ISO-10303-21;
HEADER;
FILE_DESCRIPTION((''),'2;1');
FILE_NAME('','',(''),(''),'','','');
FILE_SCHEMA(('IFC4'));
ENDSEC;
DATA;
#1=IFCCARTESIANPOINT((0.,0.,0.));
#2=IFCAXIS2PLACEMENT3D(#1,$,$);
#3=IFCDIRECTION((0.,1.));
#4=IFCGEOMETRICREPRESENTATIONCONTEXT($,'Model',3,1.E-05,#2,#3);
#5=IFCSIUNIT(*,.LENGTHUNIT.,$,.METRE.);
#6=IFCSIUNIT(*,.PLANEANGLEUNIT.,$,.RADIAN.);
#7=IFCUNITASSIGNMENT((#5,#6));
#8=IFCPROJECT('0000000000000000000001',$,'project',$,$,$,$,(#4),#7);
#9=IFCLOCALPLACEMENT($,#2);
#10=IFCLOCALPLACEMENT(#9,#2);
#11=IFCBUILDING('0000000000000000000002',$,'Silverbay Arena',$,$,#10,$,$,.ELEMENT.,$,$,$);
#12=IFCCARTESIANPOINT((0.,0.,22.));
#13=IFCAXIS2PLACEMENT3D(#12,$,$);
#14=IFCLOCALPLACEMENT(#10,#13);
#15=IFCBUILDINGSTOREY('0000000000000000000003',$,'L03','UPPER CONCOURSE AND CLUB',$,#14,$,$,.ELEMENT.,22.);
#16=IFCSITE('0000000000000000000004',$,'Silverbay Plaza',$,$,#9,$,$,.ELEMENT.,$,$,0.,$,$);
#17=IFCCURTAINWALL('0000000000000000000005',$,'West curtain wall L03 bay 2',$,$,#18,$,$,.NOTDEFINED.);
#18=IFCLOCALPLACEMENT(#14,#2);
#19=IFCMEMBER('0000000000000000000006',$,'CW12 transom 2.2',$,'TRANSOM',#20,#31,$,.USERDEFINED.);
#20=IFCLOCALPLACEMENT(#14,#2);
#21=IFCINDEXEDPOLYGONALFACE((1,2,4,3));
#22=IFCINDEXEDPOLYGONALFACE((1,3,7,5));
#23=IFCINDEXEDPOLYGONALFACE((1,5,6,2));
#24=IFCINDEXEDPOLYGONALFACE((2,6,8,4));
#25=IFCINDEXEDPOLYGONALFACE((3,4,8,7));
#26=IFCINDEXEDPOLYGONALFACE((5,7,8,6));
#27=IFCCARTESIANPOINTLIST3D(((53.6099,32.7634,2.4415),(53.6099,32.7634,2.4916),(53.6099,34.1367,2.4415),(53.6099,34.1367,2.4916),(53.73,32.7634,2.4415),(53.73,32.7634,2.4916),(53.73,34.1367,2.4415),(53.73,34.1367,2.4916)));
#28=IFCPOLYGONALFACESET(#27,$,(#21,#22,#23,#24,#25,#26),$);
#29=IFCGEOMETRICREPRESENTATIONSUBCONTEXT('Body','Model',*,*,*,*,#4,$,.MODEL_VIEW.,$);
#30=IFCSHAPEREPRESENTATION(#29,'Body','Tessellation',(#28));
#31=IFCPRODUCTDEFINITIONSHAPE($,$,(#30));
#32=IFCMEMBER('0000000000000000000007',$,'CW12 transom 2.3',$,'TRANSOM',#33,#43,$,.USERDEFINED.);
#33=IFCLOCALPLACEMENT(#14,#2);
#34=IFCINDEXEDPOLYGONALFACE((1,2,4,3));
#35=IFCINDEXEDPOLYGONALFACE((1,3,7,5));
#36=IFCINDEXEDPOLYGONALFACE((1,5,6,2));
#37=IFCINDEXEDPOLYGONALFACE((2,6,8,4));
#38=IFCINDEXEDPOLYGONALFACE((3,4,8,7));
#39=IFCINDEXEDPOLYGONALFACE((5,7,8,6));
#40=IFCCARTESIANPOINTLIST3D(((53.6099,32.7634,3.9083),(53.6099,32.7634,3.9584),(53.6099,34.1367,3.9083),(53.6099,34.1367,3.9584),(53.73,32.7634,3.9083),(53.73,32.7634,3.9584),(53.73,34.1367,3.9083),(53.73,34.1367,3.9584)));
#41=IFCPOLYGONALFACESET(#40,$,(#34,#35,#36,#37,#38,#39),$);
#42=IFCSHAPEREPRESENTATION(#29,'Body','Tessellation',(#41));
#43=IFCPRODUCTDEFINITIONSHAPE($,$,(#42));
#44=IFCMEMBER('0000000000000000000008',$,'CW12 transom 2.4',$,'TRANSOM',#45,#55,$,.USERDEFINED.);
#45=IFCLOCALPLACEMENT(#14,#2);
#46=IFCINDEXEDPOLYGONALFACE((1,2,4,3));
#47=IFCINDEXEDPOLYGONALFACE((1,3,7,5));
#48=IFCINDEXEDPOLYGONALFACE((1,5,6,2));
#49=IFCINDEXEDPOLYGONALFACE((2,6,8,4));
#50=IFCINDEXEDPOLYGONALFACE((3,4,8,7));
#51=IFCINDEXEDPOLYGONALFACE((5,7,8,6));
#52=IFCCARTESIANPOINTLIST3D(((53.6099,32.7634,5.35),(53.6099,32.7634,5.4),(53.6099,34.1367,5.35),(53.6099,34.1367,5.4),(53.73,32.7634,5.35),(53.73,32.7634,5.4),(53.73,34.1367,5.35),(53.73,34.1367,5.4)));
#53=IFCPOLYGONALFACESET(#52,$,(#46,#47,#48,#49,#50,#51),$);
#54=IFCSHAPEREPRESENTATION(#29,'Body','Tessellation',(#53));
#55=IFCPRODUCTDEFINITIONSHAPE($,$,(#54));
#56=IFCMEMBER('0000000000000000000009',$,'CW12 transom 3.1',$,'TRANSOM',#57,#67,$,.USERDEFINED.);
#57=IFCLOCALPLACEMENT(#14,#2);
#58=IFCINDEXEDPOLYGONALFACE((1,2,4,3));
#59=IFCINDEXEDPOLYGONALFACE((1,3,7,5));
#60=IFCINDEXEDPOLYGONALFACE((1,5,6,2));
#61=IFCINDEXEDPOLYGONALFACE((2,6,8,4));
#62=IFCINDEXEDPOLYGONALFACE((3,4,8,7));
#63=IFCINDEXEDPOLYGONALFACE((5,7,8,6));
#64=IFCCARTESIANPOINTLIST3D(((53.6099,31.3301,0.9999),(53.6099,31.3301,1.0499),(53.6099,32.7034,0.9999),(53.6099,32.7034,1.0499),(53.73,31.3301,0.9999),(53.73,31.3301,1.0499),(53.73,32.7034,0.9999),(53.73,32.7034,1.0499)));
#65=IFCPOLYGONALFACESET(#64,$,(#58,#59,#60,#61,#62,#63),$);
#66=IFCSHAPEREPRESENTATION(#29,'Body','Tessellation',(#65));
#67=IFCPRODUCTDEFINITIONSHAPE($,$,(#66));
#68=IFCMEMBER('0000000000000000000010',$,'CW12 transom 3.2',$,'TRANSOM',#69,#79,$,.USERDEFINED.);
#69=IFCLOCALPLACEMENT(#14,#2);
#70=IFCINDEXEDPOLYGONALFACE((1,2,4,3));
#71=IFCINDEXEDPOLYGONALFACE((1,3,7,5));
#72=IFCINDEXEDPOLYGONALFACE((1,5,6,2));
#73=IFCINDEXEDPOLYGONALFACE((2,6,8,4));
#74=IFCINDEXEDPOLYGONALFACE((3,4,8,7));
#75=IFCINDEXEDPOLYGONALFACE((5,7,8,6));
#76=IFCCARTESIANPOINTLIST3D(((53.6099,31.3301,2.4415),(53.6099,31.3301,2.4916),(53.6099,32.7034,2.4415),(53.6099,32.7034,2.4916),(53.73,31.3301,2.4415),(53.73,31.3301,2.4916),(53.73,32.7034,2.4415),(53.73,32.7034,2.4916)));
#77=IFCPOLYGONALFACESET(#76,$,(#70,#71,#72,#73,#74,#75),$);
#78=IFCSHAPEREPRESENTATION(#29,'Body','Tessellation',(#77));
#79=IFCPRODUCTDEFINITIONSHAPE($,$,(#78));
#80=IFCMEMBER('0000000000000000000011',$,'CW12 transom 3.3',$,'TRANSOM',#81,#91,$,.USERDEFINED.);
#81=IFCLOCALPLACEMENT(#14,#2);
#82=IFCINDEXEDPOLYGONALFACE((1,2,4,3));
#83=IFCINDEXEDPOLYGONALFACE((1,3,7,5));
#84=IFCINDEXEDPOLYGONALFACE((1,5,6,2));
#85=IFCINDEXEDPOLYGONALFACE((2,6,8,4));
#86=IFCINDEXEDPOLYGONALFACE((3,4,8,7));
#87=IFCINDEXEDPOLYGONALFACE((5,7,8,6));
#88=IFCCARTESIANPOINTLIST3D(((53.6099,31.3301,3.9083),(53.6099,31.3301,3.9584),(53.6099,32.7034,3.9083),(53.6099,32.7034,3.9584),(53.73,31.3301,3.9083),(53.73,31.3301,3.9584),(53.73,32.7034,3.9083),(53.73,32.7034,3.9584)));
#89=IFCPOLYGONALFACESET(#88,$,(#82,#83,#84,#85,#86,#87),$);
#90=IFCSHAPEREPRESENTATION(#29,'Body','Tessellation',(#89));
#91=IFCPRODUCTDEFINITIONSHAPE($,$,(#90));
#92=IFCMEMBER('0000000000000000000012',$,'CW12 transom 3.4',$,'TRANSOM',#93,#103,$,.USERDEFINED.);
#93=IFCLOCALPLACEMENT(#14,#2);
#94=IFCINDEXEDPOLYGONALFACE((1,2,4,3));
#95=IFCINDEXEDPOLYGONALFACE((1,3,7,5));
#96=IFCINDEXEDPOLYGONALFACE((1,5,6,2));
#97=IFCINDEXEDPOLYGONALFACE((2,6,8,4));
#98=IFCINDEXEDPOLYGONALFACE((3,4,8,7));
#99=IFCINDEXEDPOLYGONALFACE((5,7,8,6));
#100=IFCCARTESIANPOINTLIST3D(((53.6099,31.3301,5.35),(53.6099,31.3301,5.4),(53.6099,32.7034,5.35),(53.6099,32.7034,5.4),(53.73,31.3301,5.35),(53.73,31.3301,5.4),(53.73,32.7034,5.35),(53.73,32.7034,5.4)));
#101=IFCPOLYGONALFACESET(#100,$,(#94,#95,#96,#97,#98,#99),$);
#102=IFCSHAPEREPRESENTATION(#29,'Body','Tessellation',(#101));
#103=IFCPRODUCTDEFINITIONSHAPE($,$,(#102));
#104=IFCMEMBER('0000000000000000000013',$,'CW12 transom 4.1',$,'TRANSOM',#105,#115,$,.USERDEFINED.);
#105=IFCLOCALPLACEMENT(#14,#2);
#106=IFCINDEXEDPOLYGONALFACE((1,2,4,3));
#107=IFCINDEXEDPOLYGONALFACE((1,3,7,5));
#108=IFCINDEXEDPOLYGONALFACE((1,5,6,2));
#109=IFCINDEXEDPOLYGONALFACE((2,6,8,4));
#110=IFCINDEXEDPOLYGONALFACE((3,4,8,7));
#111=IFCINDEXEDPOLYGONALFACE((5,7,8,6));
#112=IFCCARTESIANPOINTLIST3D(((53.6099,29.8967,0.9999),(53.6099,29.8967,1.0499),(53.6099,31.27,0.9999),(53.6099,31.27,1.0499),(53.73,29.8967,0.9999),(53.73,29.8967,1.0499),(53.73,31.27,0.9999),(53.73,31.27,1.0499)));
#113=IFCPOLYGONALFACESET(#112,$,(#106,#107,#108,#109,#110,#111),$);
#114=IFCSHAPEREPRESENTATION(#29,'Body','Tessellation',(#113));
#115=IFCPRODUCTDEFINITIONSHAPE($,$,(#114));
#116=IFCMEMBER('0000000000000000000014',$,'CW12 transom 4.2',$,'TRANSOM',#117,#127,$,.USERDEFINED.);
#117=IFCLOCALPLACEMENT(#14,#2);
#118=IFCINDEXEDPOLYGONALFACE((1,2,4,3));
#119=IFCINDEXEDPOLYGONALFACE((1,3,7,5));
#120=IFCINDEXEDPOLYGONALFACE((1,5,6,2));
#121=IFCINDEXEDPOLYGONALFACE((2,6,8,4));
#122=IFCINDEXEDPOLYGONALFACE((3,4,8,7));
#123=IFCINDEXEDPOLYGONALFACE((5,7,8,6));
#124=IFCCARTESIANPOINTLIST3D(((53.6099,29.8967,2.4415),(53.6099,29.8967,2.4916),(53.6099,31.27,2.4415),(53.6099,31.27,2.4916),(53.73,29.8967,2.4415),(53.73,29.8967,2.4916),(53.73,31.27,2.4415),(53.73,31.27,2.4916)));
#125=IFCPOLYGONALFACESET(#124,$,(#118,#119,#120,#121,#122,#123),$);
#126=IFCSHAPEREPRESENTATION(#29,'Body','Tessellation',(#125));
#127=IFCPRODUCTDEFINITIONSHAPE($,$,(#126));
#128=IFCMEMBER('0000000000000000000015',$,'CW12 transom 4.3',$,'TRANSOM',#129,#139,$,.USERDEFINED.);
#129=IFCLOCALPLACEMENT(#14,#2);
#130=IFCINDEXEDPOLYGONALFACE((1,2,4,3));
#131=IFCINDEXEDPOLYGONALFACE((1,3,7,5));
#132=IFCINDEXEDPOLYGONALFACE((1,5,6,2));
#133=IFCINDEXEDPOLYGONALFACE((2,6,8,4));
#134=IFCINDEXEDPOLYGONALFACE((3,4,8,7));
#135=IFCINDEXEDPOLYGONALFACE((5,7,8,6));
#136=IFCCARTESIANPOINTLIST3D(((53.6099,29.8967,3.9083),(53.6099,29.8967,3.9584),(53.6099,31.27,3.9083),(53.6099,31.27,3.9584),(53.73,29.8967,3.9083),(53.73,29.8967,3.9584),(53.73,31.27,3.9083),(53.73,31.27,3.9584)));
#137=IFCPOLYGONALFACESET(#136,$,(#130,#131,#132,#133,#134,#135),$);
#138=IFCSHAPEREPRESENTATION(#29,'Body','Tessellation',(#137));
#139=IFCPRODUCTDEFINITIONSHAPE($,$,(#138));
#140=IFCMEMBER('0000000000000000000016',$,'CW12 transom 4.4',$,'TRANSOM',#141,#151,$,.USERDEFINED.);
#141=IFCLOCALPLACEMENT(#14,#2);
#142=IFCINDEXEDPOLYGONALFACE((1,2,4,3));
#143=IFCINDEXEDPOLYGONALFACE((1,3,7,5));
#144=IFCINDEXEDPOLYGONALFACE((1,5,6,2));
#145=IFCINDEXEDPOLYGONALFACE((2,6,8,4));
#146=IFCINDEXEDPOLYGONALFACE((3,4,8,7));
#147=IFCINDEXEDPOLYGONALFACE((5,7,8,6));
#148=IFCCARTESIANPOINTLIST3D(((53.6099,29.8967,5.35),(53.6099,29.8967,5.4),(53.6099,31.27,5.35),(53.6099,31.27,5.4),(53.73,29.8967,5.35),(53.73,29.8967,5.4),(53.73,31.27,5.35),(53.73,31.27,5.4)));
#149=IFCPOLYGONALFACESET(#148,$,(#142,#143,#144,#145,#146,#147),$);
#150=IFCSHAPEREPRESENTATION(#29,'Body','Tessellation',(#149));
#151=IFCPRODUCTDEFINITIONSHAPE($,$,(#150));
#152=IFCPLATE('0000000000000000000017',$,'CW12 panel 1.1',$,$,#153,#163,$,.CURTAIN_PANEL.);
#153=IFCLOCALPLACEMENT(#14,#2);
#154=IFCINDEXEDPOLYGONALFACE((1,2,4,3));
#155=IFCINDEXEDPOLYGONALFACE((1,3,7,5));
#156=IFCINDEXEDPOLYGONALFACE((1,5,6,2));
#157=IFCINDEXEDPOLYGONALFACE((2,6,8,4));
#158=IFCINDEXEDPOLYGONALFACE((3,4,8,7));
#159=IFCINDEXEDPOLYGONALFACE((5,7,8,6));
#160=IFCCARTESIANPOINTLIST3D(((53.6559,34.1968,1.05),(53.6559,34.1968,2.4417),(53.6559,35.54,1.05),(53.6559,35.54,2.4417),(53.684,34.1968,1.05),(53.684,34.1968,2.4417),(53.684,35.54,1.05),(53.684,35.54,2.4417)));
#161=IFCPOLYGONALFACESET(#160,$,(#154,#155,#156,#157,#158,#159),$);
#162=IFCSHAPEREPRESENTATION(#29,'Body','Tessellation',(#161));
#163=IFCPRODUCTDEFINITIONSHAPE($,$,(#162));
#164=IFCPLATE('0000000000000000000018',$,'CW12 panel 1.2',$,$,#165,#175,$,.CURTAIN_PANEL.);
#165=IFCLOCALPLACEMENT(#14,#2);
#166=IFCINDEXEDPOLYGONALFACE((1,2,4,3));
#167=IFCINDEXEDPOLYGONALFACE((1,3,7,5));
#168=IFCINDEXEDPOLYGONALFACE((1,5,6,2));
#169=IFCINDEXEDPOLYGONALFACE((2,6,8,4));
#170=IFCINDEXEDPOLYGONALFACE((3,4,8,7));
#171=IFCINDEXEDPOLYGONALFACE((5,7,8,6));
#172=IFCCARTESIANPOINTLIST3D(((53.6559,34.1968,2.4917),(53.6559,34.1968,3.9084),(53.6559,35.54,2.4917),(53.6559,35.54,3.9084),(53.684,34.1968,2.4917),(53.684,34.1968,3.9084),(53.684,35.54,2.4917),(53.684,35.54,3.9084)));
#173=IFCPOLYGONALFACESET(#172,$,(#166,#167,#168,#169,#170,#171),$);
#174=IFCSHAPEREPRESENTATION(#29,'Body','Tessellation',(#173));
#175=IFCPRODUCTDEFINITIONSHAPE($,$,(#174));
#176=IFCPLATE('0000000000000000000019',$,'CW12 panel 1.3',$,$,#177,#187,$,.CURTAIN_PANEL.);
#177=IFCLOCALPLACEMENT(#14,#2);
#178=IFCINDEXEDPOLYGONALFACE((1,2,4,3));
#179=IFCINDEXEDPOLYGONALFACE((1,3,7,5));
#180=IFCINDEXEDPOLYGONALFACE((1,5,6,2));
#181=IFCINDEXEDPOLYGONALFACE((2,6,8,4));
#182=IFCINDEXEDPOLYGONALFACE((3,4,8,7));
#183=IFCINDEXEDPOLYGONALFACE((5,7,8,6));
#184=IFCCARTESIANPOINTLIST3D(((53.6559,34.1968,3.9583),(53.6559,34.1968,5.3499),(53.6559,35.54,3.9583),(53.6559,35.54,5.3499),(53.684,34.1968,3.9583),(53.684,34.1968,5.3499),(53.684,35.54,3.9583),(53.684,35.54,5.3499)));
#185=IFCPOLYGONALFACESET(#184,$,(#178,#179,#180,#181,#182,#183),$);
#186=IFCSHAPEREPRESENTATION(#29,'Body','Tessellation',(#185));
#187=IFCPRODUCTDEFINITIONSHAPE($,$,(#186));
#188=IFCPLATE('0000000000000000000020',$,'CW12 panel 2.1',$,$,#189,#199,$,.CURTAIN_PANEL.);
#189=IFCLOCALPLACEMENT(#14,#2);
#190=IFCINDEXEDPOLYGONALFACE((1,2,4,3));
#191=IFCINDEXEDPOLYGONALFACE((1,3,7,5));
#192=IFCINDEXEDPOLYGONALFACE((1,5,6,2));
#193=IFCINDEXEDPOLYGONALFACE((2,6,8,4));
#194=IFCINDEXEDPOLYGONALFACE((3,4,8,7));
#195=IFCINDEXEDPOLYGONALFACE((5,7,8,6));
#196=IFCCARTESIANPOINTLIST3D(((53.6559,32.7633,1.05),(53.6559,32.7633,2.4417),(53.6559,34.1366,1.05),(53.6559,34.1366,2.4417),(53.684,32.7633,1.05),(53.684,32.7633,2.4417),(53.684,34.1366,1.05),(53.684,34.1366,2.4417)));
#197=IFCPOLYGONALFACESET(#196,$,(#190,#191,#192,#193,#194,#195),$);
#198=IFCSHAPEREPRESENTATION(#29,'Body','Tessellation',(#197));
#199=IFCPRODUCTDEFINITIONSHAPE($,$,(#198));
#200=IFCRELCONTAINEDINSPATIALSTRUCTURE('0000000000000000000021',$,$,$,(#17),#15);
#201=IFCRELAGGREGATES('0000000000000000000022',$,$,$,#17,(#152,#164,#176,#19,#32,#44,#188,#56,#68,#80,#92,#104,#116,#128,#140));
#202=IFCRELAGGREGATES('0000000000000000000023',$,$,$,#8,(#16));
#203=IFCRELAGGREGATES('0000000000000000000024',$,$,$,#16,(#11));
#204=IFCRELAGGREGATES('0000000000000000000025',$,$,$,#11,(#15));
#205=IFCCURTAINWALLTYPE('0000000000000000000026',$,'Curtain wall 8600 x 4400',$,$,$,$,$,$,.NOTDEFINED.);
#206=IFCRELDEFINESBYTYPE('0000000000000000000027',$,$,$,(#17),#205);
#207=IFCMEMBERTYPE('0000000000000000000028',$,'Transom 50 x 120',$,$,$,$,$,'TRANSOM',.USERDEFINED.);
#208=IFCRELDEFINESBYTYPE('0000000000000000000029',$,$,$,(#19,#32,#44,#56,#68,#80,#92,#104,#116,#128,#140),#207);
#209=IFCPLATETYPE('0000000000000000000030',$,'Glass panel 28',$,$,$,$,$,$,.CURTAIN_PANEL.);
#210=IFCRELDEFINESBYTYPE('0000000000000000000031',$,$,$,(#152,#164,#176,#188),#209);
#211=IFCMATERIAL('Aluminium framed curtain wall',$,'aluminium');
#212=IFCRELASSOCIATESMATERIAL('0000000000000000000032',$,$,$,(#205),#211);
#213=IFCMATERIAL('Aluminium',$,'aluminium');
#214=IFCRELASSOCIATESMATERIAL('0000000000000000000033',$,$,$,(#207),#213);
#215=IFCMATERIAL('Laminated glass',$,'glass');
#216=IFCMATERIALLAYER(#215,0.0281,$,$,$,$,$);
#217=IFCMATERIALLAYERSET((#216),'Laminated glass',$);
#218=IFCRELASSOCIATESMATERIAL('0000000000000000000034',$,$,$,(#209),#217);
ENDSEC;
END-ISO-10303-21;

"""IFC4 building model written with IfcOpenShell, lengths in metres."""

from ifc_helpers import new_model, si_unit, direction, frame, origin, origin_2d, place, context, subcontext, project, spatial, rectangle, extrude, material, layer, layer_set, material_profile, profile_set, type_object, element, aggregate, save


model = new_model("IFC4")

# Units and contexts
model_context = context("Model", 3, precision=1e-05, world=origin(), true_north=direction((0.0, 1.0)))
body_context = subcontext(model_context, "Body", "Model", "MODEL_VIEW")
ifc_project = project(units=[si_unit("LENGTHUNIT", "METRE"), si_unit("PLANEANGLEUNIT", "RADIAN")], contexts=[model_context])

# Site, building, storey
site_placement = place(None, origin())
site = spatial("IfcSite", under=ifc_project, at=site_placement, Name="Silverbay Plaza", CompositionType="ELEMENT", RefElevation=0.0)
building_placement = place(site_placement, origin())
building = spatial("IfcBuilding", under=site, at=building_placement, Name="Silverbay Arena", CompositionType="ELEMENT")
storey_placement = place(building_placement, frame((0.0, 0.0, 22.0)))
storey = spatial("IfcBuildingStorey", under=building, at=storey_placement, Name="L03", Description="UPPER CONCOURSE AND CLUB", CompositionType="ELEMENT", Elevation=22.0)

# Curtain wall
ifc_material_1 = material(Name="Aluminium framed curtain wall", Category="aluminium")
curtain_wall_type = type_object("IfcCurtainWallType", Name="Curtain wall 8600 x 4400", PredefinedType="NOTDEFINED", material=ifc_material_1)
curtain_wall_placement = place(storey_placement, origin())
curtain_wall = element("IfcCurtainWall", 1, at=curtain_wall_placement, inside=storey, type_object=curtain_wall_type, Name="West curtain wall L03 bay 2", PredefinedType="NOTDEFINED")

# Members
ifc_material_2 = material(Name="Aluminium", Category="aluminium")
ifc_material_profile_1 = material_profile(ifc_material_2, rectangle(XDim=0.1201, YDim=0.05, at=origin_2d()), Name="Transom 50 x 120")
ifc_profile_set_1 = profile_set([ifc_material_profile_1], Name="Aluminium")
member_type_1 = type_object("IfcMemberType", Name="Transom 50 x 120", ElementType="TRANSOM", PredefinedType="USERDEFINED", material=ifc_profile_set_1)
member_1_placement = place(storey_placement, frame((53.6699, 34.1367, 2.4666), z_axis=(0.0, -1.0, 0.0), x_axis=(1.0, 0.0, 0.0)))
member_1 = element("IfcMember", 2, at=member_1_placement, type_object=member_type_1, Name="CW12 transom 2.2", ObjectType="TRANSOM", PredefinedType="USERDEFINED", context=body_context, shape_type="SweptSolid", body=[
    extrude(rectangle(XDim=0.1201, YDim=0.05, at=origin_2d()), origin(), (0.0, 0.0, 1.0), 1.3733),
])
member_2_placement = place(storey_placement, frame((53.6699, 34.1367, 3.9333), z_axis=(0.0, -1.0, 0.0), x_axis=(1.0, 0.0, 0.0)))
member_2 = element("IfcMember", 3, at=member_2_placement, type_object=member_type_1, Name="CW12 transom 2.3", ObjectType="TRANSOM", PredefinedType="USERDEFINED", context=body_context, shape_type="SweptSolid", body=[
    extrude(rectangle(XDim=0.1201, YDim=0.05, at=origin_2d()), origin(), (0.0, 0.0, 1.0), 1.3733),
])
member_3_placement = place(storey_placement, frame((53.6699, 34.1367, 5.375), z_axis=(0.0, -1.0, 0.0), x_axis=(1.0, 0.0, 0.0)))
member_3 = element("IfcMember", 4, at=member_3_placement, type_object=member_type_1, Name="CW12 transom 2.4", ObjectType="TRANSOM", PredefinedType="USERDEFINED", context=body_context, shape_type="SweptSolid", body=[
    extrude(rectangle(XDim=0.1201, YDim=0.05, at=origin_2d()), origin(), (0.0, 0.0, 1.0), 1.3733),
])
member_4_placement = place(storey_placement, frame((53.6699, 32.7034, 1.0249), z_axis=(0.0, -1.0, 0.0), x_axis=(1.0, 0.0, 0.0)))
member_4 = element("IfcMember", 5, at=member_4_placement, type_object=member_type_1, Name="CW12 transom 3.1", ObjectType="TRANSOM", PredefinedType="USERDEFINED", context=body_context, shape_type="SweptSolid", body=[
    extrude(rectangle(XDim=0.1201, YDim=0.05, at=origin_2d()), origin(), (0.0, 0.0, 1.0), 1.3733),
])
member_5_placement = place(storey_placement, frame((53.6699, 32.7034, 2.4666), z_axis=(0.0, -1.0, 0.0), x_axis=(1.0, 0.0, 0.0)))
member_5 = element("IfcMember", 6, at=member_5_placement, type_object=member_type_1, Name="CW12 transom 3.2", ObjectType="TRANSOM", PredefinedType="USERDEFINED", context=body_context, shape_type="SweptSolid", body=[
    extrude(rectangle(XDim=0.1201, YDim=0.05, at=origin_2d()), origin(), (0.0, 0.0, 1.0), 1.3733),
])
member_6_placement = place(storey_placement, frame((53.6699, 32.7034, 3.9333), z_axis=(0.0, -1.0, 0.0), x_axis=(1.0, 0.0, 0.0)))
member_6 = element("IfcMember", 7, at=member_6_placement, type_object=member_type_1, Name="CW12 transom 3.3", ObjectType="TRANSOM", PredefinedType="USERDEFINED", context=body_context, shape_type="SweptSolid", body=[
    extrude(rectangle(XDim=0.1201, YDim=0.05, at=origin_2d()), origin(), (0.0, 0.0, 1.0), 1.3733),
])
member_7_placement = place(storey_placement, frame((53.6699, 32.7034, 5.375), z_axis=(0.0, -1.0, 0.0), x_axis=(1.0, 0.0, 0.0)))
member_7 = element("IfcMember", 8, at=member_7_placement, type_object=member_type_1, Name="CW12 transom 3.4", ObjectType="TRANSOM", PredefinedType="USERDEFINED", context=body_context, shape_type="SweptSolid", body=[
    extrude(rectangle(XDim=0.1201, YDim=0.05, at=origin_2d()), origin(), (0.0, 0.0, 1.0), 1.3733),
])
member_8_placement = place(storey_placement, frame((53.6699, 31.27, 1.0249), z_axis=(0.0, -1.0, 0.0), x_axis=(1.0, 0.0, 0.0)))
member_8 = element("IfcMember", 9, at=member_8_placement, type_object=member_type_1, Name="CW12 transom 4.1", ObjectType="TRANSOM", PredefinedType="USERDEFINED", context=body_context, shape_type="SweptSolid", body=[
    extrude(rectangle(XDim=0.1201, YDim=0.05, at=origin_2d()), origin(), (0.0, 0.0, 1.0), 1.3733),
])
member_9_placement = place(storey_placement, frame((53.6699, 31.27, 2.4666), z_axis=(0.0, -1.0, 0.0), x_axis=(1.0, 0.0, 0.0)))
member_9 = element("IfcMember", 10, at=member_9_placement, type_object=member_type_1, Name="CW12 transom 4.2", ObjectType="TRANSOM", PredefinedType="USERDEFINED", context=body_context, shape_type="SweptSolid", body=[
    extrude(rectangle(XDim=0.1201, YDim=0.05, at=origin_2d()), origin(), (0.0, 0.0, 1.0), 1.3733),
])
member_10_placement = place(storey_placement, frame((53.6699, 31.27, 3.9333), z_axis=(0.0, -1.0, 0.0), x_axis=(1.0, 0.0, 0.0)))
member_10 = element("IfcMember", 11, at=member_10_placement, type_object=member_type_1, Name="CW12 transom 4.3", ObjectType="TRANSOM", PredefinedType="USERDEFINED", context=body_context, shape_type="SweptSolid", body=[
    extrude(rectangle(XDim=0.1201, YDim=0.05, at=origin_2d()), origin(), (0.0, 0.0, 1.0), 1.3733),
])
member_11_placement = place(storey_placement, frame((53.6699, 31.27, 5.375), z_axis=(0.0, -1.0, 0.0), x_axis=(1.0, 0.0, 0.0)))
member_11 = element("IfcMember", 12, at=member_11_placement, type_object=member_type_1, Name="CW12 transom 4.4", ObjectType="TRANSOM", PredefinedType="USERDEFINED", context=body_context, shape_type="SweptSolid", body=[
    extrude(rectangle(XDim=0.1201, YDim=0.05, at=origin_2d()), origin(), (0.0, 0.0, 1.0), 1.3733),
])

# Plates
ifc_material_3 = material(Name="Laminated glass", Category="glass")
ifc_layer_1 = layer(ifc_material_3, 0.0281)
ifc_layer_set_1 = layer_set([ifc_layer_1], Name="Laminated glass")
plate_type = type_object("IfcPlateType", Name="Glass panel 28", PredefinedType="CURTAIN_PANEL", material=ifc_layer_set_1)
plate_1_placement = place(storey_placement, frame((53.6699, 34.8684, 1.05), z_axis=(0.0, 0.0, 1.0), x_axis=(0.0, -1.0, 0.0)))
plate_1 = element("IfcPlate", 13, at=plate_1_placement, type_object=plate_type, Name="CW12 panel 1.1", PredefinedType="CURTAIN_PANEL", context=body_context, shape_type="SweptSolid", body=[
    extrude(rectangle(XDim=1.3433, YDim=0.0281, at=origin_2d()), origin(), (0.0, 0.0, 1.0), 1.3916),
])
plate_2_placement = place(storey_placement, frame((53.6699, 34.8684, 2.4917), z_axis=(0.0, 0.0, 1.0), x_axis=(0.0, -1.0, 0.0)))
plate_2 = element("IfcPlate", 14, at=plate_2_placement, type_object=plate_type, Name="CW12 panel 1.2", PredefinedType="CURTAIN_PANEL", context=body_context, shape_type="SweptSolid", body=[
    extrude(rectangle(XDim=1.3433, YDim=0.0281, at=origin_2d()), origin(), (0.0, 0.0, 1.0), 1.4167),
])
plate_3_placement = place(storey_placement, frame((53.6699, 34.8684, 3.9583), z_axis=(0.0, 0.0, 1.0), x_axis=(0.0, -1.0, 0.0)))
plate_3 = element("IfcPlate", 15, at=plate_3_placement, type_object=plate_type, Name="CW12 panel 1.3", PredefinedType="CURTAIN_PANEL", context=body_context, shape_type="SweptSolid", body=[
    extrude(rectangle(XDim=1.3433, YDim=0.0281, at=origin_2d()), origin(), (0.0, 0.0, 1.0), 1.3916),
])
plate_4_placement = place(storey_placement, frame((53.6699, 33.45, 1.05), z_axis=(0.0, 0.0, 1.0), x_axis=(0.0, -1.0, 0.0)))
plate_4 = element("IfcPlate", 16, at=plate_4_placement, type_object=plate_type, Name="CW12 panel 2.1", PredefinedType="CURTAIN_PANEL", context=body_context, shape_type="SweptSolid", body=[
    extrude(rectangle(XDim=1.3733, YDim=0.0281, at=origin_2d()), origin(), (0.0, 0.0, 1.0), 1.3916),
])
aggregate(curtain_wall, [plate_1, plate_2, plate_3, member_1, member_2, member_3, plate_4, member_4, member_5, member_6, member_7, member_8, member_9, member_10, member_11])

save(model, "model.ifc")
